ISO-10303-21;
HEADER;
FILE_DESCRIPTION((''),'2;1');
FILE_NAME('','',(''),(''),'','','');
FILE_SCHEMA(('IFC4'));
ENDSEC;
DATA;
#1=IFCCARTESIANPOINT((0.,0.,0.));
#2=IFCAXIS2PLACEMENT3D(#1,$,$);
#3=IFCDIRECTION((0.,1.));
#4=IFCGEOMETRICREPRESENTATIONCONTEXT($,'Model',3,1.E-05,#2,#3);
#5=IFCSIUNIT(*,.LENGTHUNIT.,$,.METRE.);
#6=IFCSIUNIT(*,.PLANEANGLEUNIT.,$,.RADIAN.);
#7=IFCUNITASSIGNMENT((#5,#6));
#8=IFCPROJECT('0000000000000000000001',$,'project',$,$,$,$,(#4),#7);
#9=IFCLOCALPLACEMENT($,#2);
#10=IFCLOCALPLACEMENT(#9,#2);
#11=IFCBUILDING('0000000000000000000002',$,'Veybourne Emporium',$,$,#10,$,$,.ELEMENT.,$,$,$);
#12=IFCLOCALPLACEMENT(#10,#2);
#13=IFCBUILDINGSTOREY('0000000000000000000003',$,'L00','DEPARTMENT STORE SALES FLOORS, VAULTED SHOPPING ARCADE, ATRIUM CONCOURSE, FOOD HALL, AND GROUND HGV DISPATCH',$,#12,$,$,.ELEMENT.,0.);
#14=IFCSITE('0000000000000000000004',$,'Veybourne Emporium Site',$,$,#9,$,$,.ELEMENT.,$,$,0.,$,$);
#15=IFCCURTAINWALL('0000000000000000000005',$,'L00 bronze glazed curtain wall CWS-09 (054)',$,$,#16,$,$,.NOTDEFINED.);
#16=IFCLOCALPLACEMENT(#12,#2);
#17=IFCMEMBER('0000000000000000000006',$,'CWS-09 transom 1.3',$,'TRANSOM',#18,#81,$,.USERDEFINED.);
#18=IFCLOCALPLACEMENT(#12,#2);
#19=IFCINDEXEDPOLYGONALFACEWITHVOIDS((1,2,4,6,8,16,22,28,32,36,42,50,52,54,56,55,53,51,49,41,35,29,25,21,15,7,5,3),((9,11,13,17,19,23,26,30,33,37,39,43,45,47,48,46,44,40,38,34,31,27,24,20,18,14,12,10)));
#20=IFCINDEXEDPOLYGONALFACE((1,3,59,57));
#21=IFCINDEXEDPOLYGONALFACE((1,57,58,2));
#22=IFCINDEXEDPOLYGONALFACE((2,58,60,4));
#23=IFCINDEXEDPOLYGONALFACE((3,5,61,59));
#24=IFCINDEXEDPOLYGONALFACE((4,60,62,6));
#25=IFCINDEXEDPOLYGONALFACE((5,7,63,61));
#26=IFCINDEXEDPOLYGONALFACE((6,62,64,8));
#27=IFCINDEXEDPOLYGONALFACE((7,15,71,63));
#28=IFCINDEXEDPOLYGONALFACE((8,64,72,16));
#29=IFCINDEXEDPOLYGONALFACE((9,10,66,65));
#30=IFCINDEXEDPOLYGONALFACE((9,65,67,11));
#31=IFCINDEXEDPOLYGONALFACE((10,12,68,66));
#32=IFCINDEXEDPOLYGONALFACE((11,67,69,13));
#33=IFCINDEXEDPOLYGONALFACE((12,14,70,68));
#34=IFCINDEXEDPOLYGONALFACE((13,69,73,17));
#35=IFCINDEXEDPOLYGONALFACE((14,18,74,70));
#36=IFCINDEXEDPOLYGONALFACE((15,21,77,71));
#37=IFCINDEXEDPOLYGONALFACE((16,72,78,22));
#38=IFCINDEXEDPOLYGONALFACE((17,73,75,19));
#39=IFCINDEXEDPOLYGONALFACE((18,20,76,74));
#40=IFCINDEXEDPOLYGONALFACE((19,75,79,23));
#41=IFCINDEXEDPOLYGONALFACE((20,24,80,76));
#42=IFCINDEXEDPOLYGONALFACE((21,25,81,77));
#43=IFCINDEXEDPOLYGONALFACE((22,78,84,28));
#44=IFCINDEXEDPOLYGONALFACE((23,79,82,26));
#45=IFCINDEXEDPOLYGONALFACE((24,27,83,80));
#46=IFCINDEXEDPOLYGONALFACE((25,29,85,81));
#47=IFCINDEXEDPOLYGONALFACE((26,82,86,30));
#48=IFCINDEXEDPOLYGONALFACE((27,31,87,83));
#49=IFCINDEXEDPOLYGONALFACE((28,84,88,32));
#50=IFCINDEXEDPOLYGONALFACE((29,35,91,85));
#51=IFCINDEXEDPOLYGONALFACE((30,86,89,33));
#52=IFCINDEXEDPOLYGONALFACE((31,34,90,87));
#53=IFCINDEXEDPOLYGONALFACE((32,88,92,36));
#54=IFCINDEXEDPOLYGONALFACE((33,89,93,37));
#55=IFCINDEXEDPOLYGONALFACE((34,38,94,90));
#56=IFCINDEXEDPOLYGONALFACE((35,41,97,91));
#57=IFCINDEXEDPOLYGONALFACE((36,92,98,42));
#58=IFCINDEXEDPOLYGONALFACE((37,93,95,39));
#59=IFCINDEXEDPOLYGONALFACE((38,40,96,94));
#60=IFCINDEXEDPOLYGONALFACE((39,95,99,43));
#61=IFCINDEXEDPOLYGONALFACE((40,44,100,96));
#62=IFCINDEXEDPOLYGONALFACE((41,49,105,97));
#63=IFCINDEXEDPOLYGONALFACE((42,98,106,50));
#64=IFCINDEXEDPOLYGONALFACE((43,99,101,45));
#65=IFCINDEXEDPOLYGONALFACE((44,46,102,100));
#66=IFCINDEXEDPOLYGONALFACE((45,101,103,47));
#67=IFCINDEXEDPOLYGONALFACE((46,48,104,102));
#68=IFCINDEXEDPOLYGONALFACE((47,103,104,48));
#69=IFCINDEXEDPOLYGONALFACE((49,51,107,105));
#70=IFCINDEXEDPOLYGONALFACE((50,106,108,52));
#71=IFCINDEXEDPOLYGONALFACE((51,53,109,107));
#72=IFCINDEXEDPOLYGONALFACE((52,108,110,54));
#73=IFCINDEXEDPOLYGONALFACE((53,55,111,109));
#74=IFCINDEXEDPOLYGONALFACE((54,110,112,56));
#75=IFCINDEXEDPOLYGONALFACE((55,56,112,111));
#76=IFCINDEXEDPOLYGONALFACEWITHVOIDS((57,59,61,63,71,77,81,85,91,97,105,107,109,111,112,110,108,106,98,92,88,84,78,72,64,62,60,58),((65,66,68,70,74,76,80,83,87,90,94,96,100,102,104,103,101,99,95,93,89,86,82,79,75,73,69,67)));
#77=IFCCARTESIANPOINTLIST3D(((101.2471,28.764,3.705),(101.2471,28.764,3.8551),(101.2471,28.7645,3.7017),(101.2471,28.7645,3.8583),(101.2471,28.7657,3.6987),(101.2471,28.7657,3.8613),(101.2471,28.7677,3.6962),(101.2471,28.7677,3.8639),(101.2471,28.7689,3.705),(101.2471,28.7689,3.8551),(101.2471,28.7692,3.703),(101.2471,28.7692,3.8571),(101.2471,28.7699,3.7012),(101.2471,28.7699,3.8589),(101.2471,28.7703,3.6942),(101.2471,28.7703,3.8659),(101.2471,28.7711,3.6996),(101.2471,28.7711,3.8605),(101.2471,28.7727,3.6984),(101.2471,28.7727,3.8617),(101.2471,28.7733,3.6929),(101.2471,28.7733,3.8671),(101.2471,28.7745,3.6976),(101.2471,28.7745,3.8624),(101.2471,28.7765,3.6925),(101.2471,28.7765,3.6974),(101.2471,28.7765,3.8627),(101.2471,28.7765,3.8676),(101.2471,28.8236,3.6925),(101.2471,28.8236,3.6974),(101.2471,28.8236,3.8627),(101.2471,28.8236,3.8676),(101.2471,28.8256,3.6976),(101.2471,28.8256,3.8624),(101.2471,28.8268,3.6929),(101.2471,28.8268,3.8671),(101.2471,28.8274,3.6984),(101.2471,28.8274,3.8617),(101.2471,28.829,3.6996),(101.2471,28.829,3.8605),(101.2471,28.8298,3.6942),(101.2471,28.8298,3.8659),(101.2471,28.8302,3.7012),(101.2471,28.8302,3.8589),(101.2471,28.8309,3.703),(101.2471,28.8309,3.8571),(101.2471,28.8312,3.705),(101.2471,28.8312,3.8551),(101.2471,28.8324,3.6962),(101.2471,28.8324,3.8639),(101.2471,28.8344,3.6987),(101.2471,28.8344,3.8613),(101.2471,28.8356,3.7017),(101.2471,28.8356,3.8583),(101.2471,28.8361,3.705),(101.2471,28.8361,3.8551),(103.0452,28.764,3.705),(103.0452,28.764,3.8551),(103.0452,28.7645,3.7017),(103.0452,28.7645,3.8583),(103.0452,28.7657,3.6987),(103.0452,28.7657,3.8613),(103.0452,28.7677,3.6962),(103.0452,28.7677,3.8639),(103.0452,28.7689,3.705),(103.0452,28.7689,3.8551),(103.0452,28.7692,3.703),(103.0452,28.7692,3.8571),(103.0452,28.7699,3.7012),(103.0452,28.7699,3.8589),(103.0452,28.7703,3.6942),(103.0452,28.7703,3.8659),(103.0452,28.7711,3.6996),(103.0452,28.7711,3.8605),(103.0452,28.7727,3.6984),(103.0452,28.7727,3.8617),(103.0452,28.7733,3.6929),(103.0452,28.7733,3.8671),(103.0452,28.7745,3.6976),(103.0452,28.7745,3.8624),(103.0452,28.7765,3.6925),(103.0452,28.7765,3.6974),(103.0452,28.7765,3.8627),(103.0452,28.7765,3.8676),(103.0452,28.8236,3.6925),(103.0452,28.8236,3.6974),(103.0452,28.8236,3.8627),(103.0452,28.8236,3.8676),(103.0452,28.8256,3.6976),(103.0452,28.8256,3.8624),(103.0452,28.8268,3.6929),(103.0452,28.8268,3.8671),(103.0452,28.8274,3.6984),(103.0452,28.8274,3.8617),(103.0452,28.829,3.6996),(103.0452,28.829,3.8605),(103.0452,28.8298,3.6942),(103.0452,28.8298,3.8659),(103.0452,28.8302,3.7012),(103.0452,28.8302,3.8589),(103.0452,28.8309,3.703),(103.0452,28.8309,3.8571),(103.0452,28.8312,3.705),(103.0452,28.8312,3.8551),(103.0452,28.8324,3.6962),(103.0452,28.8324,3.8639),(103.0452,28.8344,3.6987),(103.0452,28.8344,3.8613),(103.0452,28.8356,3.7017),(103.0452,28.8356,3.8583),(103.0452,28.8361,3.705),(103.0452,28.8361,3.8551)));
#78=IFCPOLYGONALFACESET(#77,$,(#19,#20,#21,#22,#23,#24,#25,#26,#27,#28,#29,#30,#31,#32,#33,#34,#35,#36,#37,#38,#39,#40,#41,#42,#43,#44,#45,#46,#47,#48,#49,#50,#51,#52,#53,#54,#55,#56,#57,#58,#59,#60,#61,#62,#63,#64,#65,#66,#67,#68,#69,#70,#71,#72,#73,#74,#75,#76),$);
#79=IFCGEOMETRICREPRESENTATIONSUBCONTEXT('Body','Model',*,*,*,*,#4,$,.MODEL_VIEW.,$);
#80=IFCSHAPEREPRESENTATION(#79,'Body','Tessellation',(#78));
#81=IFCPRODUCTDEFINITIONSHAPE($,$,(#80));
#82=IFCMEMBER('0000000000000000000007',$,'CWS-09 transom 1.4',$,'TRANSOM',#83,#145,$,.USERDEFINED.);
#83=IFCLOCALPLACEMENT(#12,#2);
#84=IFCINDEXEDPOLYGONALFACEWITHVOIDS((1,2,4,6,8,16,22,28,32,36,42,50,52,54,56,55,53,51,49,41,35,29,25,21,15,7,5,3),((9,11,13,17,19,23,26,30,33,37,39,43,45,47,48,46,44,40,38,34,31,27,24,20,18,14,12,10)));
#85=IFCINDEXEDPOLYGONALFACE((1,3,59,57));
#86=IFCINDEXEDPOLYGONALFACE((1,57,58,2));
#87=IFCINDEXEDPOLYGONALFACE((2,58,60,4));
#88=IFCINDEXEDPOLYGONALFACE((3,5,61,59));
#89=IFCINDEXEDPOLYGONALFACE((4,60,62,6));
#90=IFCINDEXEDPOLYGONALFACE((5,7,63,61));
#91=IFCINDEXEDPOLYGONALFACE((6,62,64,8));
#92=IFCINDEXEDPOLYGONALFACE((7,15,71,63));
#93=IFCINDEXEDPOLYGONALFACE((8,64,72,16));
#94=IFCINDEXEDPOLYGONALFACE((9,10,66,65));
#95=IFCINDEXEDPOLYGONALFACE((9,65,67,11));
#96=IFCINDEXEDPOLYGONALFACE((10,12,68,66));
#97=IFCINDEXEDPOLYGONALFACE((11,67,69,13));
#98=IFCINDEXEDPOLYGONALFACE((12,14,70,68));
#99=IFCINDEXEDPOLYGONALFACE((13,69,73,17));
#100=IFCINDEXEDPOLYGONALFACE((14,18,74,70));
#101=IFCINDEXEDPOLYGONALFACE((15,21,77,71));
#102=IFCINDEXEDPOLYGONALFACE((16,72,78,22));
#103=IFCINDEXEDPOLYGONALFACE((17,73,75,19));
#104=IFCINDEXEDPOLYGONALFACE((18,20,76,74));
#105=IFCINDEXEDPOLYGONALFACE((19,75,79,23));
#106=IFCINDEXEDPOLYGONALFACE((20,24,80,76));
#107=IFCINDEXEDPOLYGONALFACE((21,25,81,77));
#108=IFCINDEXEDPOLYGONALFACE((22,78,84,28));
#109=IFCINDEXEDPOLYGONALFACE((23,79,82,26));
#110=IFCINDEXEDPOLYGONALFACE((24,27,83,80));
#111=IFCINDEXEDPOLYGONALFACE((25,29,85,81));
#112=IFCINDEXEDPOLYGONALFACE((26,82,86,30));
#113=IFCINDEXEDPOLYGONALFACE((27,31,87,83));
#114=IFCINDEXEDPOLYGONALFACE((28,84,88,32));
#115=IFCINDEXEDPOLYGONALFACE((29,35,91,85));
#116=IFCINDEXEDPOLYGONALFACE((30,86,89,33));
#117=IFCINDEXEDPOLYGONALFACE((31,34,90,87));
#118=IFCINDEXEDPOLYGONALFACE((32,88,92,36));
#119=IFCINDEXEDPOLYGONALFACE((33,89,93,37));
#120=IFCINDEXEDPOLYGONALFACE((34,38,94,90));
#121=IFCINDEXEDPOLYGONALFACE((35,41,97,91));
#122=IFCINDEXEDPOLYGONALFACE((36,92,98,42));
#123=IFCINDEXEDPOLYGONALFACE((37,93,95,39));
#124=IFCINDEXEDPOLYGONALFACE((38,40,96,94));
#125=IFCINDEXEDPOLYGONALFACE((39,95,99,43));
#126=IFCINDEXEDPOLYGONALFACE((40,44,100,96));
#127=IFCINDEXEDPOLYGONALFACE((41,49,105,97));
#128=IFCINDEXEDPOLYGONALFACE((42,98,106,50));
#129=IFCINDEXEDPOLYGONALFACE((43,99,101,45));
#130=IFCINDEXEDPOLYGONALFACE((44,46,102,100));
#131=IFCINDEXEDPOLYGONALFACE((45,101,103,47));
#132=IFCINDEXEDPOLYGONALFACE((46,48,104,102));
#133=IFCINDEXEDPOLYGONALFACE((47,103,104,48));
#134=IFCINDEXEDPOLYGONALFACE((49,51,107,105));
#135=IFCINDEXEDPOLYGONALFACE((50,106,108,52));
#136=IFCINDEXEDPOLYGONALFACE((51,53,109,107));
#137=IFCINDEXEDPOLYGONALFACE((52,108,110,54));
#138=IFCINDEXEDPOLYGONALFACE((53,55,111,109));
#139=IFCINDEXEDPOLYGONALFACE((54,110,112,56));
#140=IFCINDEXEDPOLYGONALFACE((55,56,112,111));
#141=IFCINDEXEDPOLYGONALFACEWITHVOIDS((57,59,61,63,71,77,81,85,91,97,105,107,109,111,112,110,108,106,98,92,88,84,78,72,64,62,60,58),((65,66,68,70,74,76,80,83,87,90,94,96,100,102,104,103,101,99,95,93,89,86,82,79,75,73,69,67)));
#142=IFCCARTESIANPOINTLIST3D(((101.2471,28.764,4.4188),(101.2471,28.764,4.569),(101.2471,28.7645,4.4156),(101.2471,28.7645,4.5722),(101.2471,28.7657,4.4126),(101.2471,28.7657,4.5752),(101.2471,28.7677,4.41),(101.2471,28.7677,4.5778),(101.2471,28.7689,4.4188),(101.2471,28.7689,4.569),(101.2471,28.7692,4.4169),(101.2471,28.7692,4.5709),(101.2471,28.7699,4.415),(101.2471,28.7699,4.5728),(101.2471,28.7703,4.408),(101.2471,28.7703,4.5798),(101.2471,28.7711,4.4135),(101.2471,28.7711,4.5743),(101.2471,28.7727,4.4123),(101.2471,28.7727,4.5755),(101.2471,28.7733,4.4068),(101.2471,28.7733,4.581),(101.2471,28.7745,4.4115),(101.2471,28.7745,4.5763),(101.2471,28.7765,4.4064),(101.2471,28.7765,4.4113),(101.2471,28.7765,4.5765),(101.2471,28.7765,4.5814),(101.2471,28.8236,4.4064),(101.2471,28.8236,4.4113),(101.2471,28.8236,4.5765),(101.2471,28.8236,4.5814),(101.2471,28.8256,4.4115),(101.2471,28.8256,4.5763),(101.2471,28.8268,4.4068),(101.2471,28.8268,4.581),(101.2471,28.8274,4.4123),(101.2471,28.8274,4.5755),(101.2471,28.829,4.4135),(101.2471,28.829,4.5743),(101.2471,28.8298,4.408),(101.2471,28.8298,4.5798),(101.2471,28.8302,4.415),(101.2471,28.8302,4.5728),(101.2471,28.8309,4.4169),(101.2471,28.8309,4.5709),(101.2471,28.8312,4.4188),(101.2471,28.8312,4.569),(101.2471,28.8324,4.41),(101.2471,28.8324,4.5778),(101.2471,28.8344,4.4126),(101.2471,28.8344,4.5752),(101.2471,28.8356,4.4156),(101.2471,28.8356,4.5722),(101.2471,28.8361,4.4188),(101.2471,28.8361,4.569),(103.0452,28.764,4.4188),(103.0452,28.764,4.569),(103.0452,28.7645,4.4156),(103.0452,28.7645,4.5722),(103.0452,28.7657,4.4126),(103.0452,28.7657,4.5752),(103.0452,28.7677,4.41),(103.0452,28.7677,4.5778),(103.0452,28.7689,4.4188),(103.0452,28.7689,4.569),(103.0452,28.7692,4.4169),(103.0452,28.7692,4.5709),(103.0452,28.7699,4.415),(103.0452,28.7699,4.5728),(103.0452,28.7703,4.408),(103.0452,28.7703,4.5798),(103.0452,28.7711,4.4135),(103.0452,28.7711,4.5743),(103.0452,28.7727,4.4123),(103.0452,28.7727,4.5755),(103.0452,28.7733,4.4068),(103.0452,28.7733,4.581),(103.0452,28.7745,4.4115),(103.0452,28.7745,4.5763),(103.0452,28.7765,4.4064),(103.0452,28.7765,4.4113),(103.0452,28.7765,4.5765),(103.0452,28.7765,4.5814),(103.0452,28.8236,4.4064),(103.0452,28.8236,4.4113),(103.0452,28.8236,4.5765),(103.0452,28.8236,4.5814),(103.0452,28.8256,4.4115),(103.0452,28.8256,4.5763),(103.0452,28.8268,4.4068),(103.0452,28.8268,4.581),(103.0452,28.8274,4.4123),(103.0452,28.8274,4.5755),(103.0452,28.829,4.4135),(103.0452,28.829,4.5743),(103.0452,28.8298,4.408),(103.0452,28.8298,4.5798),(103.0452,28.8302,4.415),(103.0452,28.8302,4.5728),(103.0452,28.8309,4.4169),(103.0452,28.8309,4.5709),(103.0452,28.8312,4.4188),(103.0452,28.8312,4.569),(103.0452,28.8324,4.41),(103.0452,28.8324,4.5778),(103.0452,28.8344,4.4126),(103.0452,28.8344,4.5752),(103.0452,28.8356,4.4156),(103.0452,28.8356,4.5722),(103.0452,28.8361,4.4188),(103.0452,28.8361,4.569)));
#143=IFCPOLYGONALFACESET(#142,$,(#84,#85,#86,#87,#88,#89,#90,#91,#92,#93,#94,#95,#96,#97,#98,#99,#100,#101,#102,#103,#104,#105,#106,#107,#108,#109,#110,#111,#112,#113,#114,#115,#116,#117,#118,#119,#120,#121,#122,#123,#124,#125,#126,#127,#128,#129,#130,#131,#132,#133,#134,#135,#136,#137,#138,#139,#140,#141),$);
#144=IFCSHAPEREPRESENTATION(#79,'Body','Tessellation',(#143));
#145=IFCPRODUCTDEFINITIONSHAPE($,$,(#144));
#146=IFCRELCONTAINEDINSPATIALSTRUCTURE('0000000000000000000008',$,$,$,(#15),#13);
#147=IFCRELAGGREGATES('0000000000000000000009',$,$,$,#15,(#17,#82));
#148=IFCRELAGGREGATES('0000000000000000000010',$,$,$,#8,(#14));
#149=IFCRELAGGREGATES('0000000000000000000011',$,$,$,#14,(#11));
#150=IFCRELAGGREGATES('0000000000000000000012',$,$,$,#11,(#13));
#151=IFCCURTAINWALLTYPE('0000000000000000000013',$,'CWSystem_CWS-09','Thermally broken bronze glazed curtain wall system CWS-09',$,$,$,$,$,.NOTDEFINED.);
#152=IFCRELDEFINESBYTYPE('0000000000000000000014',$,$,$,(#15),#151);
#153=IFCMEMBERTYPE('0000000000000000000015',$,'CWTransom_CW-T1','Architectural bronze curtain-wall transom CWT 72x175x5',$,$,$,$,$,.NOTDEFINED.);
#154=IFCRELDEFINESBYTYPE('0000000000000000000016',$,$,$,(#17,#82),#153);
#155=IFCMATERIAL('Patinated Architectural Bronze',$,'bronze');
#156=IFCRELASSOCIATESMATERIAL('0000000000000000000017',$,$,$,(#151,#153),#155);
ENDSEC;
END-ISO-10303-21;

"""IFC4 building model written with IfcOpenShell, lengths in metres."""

from ifc_helpers import new_model, si_unit, direction, frame, origin, origin_2d, place, context, subcontext, project, spatial, hollow_rectangle, extrude, material, material_profile, profile_set, type_object, element, aggregate, save


model = new_model("IFC4")

# Units and contexts
model_context = context("Model", 3, precision=1e-05, world=origin(), true_north=direction((0.0, 1.0)))
body_context = subcontext(model_context, "Body", "Model", "MODEL_VIEW")
ifc_project = project(units=[si_unit("LENGTHUNIT", "METRE"), si_unit("PLANEANGLEUNIT", "RADIAN")], contexts=[model_context])

# Site, building, storey
site_placement = place(None, origin())
site = spatial("IfcSite", under=ifc_project, at=site_placement, Name="Veybourne Emporium Site", CompositionType="ELEMENT", RefElevation=0.0)
building_placement = place(site_placement, origin())
building = spatial("IfcBuilding", under=site, at=building_placement, Name="Veybourne Emporium", CompositionType="ELEMENT")
storey_placement = place(building_placement, origin())
storey = spatial("IfcBuildingStorey", under=building, at=storey_placement, Name="L00", Description="DEPARTMENT STORE SALES FLOORS, VAULTED SHOPPING ARCADE, ATRIUM CONCOURSE, FOOD HALL, AND GROUND HGV DISPATCH", CompositionType="ELEMENT", Elevation=0.0)

# Curtain wall
ifc_material_1 = material(Name="Patinated Architectural Bronze", Category="bronze")
curtain_wall_type_1 = type_object("IfcCurtainWallType", Name="CWSystem_CWS-09", Description="Thermally broken bronze glazed curtain wall system CWS-09", PredefinedType="NOTDEFINED", material=ifc_material_1)
curtain_wall_1_placement = place(storey_placement, origin())
curtain_wall_1 = element("IfcCurtainWall", 1, at=curtain_wall_1_placement, inside=storey, type_object=curtain_wall_type_1, Name="L00 bronze glazed curtain wall CWS-09 (054)", PredefinedType="NOTDEFINED")

# Members
ifc_material_profile_1 = material_profile(ifc_material_1, hollow_rectangle(XDim=0.072, YDim=0.175, WallThickness=0.0049, InnerFilletRadius=0.0076, OuterFilletRadius=0.0125, at=origin_2d()), Name="CWT 72x175x5")
ifc_profile_set_1 = profile_set([ifc_material_profile_1], Name="Patinated Architectural Bronze")
member_type_1 = type_object("IfcMemberType", Name="CWTransom_CW-T1", Description="Architectural bronze curtain-wall transom CWT 72x175x5", PredefinedType="NOTDEFINED", material=ifc_profile_set_1)
member_1_placement = place(storey_placement, frame((101.2471, 28.8, 3.78), z_axis=(1.0, 0.0, 0.0), x_axis=(0.0, 1.0, 0.0)))
member_1 = element("IfcMember", 2, at=member_1_placement, type_object=member_type_1, Name="CWS-09 transom 1.3", ObjectType="TRANSOM", PredefinedType="USERDEFINED", context=body_context, shape_type="SweptSolid", body=[
    extrude(hollow_rectangle(XDim=0.072, YDim=0.175, WallThickness=0.0049, InnerFilletRadius=0.0076, OuterFilletRadius=0.0125, at=origin_2d()), origin(), (0.0, 0.0, 1.0), 1.7981),
])
member_2_placement = place(storey_placement, frame((101.2471, 28.8, 4.4939), z_axis=(1.0, 0.0, 0.0), x_axis=(0.0, 1.0, 0.0)))
member_2 = element("IfcMember", 3, at=member_2_placement, type_object=member_type_1, Name="CWS-09 transom 1.4", ObjectType="TRANSOM", PredefinedType="USERDEFINED", context=body_context, shape_type="SweptSolid", body=[
    extrude(hollow_rectangle(XDim=0.072, YDim=0.175, WallThickness=0.0049, InnerFilletRadius=0.0076, OuterFilletRadius=0.0125, at=origin_2d()), origin(), (0.0, 0.0, 1.0), 1.7981),
])

aggregate(curtain_wall_1, [member_1, member_2])

save(model, "model.ifc")
